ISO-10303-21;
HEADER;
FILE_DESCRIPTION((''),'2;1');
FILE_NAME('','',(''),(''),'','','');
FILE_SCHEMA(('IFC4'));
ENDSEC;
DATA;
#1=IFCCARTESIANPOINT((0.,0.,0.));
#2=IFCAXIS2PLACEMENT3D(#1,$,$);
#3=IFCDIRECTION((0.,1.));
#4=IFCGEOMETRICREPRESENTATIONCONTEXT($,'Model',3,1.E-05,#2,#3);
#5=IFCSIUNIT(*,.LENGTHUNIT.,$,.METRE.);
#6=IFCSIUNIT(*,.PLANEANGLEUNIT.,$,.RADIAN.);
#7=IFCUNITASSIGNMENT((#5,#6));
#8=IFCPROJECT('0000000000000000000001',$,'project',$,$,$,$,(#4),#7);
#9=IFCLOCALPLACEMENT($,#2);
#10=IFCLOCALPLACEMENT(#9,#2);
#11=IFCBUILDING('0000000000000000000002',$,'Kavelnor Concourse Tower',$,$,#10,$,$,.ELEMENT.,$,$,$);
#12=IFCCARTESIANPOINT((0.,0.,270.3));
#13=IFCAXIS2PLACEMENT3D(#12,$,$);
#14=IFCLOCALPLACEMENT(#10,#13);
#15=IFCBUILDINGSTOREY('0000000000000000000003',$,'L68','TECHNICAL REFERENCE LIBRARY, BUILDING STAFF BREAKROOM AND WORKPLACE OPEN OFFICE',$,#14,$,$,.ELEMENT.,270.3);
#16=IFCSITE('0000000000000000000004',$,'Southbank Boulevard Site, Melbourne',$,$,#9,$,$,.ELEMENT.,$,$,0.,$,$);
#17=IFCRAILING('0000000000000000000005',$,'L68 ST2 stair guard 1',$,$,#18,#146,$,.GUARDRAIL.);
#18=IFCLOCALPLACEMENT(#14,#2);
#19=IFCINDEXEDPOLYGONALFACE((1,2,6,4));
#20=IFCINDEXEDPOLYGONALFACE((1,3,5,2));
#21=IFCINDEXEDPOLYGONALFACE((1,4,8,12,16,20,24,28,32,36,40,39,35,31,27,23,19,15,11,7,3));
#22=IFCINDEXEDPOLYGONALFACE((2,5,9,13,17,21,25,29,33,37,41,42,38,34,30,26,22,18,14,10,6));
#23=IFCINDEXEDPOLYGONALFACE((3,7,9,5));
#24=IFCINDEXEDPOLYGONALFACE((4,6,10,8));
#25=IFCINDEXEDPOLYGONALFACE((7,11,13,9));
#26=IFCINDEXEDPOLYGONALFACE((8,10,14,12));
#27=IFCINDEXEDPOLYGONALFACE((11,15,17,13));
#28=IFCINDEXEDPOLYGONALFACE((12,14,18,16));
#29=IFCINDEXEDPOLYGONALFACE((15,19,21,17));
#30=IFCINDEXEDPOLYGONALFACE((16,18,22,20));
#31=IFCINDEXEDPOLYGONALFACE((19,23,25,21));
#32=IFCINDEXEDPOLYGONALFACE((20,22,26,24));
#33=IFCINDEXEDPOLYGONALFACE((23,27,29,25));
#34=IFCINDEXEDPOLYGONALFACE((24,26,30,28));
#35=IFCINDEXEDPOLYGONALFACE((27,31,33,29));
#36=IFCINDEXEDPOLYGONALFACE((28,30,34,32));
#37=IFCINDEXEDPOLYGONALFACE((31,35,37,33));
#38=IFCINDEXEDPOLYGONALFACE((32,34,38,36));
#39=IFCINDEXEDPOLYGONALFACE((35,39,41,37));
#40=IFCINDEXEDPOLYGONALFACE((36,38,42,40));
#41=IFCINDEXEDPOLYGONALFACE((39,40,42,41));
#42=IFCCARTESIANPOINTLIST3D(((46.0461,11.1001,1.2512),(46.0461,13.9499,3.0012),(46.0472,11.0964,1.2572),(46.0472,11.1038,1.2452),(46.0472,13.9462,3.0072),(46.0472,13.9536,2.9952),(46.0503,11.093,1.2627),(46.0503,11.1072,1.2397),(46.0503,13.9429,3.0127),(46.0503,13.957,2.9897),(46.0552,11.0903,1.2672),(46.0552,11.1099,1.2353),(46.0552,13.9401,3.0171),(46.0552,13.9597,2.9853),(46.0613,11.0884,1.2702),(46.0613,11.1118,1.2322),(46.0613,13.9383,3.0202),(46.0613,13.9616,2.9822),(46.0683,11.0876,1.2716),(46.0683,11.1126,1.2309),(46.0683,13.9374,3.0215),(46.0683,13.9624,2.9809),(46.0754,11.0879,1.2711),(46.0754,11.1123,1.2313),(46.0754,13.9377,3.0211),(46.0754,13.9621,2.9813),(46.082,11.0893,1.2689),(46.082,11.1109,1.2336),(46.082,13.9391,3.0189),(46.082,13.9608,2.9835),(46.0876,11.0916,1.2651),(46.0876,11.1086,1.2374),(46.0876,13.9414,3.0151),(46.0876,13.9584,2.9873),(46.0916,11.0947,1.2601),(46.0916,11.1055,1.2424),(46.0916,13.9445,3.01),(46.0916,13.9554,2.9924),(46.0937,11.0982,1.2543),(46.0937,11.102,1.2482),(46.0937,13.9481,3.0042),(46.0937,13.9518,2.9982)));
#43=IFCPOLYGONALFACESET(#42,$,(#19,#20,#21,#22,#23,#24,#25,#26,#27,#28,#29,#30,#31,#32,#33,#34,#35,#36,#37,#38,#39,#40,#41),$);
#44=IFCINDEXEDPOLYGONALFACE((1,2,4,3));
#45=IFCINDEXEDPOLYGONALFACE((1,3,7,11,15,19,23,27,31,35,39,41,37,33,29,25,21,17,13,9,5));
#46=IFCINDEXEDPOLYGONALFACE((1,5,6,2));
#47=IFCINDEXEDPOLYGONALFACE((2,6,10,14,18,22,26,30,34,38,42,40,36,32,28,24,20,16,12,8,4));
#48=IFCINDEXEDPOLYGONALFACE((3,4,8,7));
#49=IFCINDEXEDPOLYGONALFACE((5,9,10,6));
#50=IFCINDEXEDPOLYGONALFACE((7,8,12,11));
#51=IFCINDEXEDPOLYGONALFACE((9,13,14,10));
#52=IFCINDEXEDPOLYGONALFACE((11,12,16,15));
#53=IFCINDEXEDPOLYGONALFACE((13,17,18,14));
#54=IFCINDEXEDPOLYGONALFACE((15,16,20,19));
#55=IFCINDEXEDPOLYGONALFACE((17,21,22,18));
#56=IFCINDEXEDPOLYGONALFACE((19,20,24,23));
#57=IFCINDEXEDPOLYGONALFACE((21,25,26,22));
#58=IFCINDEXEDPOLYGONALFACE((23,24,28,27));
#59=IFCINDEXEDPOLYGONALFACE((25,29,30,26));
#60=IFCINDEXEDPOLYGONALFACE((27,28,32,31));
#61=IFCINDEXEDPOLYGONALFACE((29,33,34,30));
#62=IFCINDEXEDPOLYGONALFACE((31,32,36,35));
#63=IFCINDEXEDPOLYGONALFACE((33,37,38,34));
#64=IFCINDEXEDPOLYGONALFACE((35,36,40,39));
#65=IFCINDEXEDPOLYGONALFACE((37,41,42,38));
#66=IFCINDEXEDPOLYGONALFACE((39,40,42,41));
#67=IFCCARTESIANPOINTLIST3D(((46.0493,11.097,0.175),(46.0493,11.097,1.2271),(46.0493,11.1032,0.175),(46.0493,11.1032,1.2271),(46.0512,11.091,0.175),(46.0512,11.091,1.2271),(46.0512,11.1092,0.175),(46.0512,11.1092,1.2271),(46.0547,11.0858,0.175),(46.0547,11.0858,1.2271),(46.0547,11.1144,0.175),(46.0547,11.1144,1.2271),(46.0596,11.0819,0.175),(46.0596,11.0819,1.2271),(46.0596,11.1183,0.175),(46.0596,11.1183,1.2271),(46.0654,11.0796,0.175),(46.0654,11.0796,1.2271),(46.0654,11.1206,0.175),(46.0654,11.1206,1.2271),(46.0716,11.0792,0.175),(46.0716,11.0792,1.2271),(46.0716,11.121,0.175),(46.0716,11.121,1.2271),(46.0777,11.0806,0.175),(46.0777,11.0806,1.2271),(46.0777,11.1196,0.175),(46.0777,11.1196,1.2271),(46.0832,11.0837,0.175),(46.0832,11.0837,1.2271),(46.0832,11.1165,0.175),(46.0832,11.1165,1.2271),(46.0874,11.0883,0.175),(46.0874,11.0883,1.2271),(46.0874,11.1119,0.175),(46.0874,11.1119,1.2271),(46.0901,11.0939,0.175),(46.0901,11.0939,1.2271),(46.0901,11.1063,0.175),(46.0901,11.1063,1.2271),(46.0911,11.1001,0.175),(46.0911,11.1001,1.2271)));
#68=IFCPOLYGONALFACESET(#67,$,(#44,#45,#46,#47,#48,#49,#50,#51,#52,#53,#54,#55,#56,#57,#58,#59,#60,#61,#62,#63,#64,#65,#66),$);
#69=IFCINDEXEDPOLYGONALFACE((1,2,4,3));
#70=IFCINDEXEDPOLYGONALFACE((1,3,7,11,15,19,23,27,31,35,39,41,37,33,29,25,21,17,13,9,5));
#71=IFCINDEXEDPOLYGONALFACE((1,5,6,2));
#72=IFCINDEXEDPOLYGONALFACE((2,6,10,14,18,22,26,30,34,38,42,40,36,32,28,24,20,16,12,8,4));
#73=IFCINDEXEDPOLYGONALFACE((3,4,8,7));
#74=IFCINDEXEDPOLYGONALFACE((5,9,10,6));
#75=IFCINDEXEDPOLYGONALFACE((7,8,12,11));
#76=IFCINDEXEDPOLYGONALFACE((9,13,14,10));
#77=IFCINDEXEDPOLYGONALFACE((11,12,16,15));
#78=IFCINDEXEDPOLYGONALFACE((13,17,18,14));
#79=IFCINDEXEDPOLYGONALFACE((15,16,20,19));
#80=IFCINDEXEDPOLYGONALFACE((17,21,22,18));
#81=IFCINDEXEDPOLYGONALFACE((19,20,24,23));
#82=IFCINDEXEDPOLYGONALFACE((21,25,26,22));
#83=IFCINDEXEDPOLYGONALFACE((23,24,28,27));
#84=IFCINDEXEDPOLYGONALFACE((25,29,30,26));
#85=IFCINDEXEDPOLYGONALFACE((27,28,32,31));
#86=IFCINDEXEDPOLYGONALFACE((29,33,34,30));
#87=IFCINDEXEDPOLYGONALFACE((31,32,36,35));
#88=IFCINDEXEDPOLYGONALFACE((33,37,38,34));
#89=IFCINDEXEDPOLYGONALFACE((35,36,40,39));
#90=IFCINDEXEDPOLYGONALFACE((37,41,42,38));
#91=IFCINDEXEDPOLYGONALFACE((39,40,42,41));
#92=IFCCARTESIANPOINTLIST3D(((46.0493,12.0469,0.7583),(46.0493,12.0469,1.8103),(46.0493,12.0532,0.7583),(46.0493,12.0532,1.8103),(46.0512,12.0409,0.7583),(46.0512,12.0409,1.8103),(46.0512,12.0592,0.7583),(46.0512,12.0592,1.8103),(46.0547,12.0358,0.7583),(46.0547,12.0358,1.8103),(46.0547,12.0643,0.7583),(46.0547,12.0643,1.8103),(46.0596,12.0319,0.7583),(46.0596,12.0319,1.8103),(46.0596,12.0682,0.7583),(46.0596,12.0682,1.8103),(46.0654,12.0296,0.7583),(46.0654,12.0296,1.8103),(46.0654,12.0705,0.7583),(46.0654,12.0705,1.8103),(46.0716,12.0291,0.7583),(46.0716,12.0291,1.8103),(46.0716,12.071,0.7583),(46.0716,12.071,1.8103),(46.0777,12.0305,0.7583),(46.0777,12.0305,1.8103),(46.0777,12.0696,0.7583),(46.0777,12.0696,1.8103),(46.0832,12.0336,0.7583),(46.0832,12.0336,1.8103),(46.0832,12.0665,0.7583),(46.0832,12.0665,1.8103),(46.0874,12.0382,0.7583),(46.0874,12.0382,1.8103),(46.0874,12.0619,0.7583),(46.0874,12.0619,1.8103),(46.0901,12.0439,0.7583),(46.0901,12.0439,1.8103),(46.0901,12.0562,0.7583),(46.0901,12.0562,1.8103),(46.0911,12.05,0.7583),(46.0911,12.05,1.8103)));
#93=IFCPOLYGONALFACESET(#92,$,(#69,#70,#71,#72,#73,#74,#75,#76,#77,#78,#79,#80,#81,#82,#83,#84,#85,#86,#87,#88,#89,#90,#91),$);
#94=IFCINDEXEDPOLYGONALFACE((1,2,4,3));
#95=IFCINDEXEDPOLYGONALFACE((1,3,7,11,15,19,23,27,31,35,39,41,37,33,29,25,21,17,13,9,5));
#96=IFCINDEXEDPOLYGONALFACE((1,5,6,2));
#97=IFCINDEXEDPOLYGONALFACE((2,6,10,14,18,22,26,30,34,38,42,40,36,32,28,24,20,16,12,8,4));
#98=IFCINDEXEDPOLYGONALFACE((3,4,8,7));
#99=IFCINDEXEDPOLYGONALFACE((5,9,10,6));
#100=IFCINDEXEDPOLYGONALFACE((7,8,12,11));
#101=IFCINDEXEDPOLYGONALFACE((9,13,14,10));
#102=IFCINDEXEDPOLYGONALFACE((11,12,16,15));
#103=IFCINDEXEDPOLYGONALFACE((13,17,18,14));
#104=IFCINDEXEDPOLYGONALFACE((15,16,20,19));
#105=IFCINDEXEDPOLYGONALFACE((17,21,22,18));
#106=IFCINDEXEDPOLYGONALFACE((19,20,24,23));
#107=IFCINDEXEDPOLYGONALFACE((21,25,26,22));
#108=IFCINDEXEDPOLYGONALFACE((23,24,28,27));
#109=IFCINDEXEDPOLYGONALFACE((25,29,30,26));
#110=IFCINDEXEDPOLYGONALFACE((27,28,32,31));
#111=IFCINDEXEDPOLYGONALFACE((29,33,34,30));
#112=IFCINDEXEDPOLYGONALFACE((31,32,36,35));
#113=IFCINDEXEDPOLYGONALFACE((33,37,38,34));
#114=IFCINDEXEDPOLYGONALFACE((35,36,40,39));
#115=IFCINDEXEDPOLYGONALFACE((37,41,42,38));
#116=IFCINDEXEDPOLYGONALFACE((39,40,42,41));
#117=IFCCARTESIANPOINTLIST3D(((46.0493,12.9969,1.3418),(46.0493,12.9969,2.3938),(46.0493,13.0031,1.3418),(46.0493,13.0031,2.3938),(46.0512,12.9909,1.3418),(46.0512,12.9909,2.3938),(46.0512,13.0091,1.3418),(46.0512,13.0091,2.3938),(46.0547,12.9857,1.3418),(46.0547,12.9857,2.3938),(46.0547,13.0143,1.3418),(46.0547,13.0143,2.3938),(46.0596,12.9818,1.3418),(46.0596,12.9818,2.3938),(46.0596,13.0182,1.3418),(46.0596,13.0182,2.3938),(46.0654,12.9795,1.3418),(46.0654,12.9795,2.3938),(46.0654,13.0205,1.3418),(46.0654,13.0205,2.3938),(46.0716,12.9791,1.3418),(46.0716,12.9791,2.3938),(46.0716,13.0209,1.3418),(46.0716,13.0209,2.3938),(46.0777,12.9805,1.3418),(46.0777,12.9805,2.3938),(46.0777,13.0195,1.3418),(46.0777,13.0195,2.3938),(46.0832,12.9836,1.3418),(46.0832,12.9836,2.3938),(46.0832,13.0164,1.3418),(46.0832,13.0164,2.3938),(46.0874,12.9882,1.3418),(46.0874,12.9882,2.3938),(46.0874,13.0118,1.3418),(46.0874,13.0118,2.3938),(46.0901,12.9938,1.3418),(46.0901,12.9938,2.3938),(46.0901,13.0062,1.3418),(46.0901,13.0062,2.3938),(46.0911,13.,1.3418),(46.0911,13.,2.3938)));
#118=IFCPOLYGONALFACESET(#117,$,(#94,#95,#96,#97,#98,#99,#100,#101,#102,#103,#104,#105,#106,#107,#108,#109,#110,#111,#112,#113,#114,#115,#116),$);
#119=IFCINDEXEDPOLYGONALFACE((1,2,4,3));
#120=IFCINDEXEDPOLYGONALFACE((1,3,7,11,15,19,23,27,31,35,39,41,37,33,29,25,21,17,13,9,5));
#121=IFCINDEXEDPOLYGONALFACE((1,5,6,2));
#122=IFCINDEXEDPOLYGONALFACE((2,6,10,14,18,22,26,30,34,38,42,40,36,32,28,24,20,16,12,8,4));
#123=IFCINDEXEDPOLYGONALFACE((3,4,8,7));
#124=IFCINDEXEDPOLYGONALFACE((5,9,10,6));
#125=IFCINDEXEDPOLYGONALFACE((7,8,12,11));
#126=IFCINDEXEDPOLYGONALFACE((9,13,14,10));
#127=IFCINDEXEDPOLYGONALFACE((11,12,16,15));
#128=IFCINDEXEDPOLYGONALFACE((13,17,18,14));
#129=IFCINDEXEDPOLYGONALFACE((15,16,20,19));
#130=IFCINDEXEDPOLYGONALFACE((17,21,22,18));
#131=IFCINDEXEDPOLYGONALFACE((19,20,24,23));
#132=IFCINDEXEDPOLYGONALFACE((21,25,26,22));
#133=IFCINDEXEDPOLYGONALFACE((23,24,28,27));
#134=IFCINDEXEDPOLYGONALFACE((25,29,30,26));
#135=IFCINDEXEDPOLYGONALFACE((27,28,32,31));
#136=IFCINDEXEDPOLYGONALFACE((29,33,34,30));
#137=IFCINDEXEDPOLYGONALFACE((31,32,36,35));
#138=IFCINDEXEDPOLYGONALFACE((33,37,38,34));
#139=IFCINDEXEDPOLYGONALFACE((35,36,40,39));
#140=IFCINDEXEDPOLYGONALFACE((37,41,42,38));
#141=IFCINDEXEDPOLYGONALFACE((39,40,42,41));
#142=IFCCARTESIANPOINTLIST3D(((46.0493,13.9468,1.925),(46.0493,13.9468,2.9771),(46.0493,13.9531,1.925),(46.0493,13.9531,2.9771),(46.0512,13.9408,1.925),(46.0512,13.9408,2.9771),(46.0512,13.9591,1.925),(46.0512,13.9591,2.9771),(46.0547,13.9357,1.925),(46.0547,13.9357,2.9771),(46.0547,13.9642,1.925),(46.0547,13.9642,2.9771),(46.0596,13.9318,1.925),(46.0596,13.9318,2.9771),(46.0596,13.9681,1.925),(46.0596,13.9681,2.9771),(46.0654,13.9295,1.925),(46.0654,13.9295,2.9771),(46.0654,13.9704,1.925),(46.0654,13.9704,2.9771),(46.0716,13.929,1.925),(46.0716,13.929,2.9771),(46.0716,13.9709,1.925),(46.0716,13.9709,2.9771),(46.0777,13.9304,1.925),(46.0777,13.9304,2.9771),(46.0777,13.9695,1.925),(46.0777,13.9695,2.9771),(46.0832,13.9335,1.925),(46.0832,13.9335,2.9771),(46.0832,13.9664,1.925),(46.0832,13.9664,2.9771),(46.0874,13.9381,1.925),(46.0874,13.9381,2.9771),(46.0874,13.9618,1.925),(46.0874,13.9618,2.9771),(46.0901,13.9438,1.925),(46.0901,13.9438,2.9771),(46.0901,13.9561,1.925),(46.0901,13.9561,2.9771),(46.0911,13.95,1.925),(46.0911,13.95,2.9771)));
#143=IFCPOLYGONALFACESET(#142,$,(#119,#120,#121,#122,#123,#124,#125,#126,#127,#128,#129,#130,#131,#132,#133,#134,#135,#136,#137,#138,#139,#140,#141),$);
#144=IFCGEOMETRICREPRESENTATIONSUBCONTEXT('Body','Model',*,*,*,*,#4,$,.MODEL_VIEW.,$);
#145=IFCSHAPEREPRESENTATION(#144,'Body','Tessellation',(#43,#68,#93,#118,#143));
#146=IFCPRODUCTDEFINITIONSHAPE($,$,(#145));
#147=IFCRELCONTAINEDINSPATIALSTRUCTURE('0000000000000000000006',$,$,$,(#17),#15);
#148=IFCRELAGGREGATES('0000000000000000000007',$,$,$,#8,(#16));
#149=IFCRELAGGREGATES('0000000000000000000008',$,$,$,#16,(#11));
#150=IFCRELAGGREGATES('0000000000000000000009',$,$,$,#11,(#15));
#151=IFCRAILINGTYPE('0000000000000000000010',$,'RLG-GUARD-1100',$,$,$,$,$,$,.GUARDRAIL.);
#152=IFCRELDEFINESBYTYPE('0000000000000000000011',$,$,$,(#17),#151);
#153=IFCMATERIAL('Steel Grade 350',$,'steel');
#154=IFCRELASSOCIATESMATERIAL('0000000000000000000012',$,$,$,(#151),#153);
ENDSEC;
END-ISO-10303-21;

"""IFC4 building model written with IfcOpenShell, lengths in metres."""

from ifc_helpers import new_model, si_unit, direction, frame, origin, origin_2d, place, context, subcontext, project, spatial, circle, extrude, material, type_object, element, save


model = new_model("IFC4")

# Units and contexts
model_context = context("Model", 3, precision=1e-05, world=origin(), true_north=direction((0.0, 1.0)))
body_context = subcontext(model_context, "Body", "Model", "MODEL_VIEW")
ifc_project = project(units=[si_unit("LENGTHUNIT", "METRE"), si_unit("PLANEANGLEUNIT", "RADIAN")], contexts=[model_context])

# Site, building, storey
site_placement = place(None, origin())
site = spatial("IfcSite", under=ifc_project, at=site_placement, Name="Southbank Boulevard Site, Melbourne", CompositionType="ELEMENT", RefElevation=0.0)
building_placement = place(site_placement, origin())
building = spatial("IfcBuilding", under=site, at=building_placement, Name="Kavelnor Concourse Tower", CompositionType="ELEMENT")
storey_placement = place(building_placement, frame((0.0, 0.0, 270.3)))
storey = spatial("IfcBuildingStorey", under=building, at=storey_placement, Name="L68", Description="TECHNICAL REFERENCE LIBRARY, BUILDING STAFF BREAKROOM AND WORKPLACE OPEN OFFICE", CompositionType="ELEMENT", Elevation=270.3)

# Shared definitions
ifc_material_1 = material(Name="Steel Grade 350", Category="steel")

# Railing
railing_type_1 = type_object("IfcRailingType", Name="RLG-GUARD-1100", PredefinedType="GUARDRAIL", material=ifc_material_1)
railing_1_placement = place(storey_placement, frame((46.0701, 11.1001, 0.175)))
element("IfcRailing", 1, at=railing_1_placement, inside=storey, type_object=railing_type_1, Name="L68 ST2 stair guard 1", PredefinedType="GUARDRAIL", context=body_context, shape_type="SweptSolid", body=[
    extrude(circle(Radius=0.0239, at=origin_2d()), frame((0.0, 0.0, 1.0762), z_axis=(0.0, 0.852159, 0.523283), x_axis=(-1.0, 0.0, 0.0)), (0.0, 0.0, 1.0), 3.3442),
    extrude(circle(Radius=0.021, at=origin_2d()), origin(), (0.0, 0.0, 1.0), 1.052),
    extrude(circle(Radius=0.021, at=origin_2d()), frame((0.0, 0.95, 0.5833)), (0.0, 0.0, 1.0), 1.052),
    extrude(circle(Radius=0.021, at=origin_2d()), frame((0.0, 1.8999, 1.1667)), (0.0, 0.0, 1.0), 1.052),
    extrude(circle(Radius=0.021, at=origin_2d()), frame((0.0, 2.8499, 1.75)), (0.0, 0.0, 1.0), 1.052),
])

save(model, "model.ifc")
